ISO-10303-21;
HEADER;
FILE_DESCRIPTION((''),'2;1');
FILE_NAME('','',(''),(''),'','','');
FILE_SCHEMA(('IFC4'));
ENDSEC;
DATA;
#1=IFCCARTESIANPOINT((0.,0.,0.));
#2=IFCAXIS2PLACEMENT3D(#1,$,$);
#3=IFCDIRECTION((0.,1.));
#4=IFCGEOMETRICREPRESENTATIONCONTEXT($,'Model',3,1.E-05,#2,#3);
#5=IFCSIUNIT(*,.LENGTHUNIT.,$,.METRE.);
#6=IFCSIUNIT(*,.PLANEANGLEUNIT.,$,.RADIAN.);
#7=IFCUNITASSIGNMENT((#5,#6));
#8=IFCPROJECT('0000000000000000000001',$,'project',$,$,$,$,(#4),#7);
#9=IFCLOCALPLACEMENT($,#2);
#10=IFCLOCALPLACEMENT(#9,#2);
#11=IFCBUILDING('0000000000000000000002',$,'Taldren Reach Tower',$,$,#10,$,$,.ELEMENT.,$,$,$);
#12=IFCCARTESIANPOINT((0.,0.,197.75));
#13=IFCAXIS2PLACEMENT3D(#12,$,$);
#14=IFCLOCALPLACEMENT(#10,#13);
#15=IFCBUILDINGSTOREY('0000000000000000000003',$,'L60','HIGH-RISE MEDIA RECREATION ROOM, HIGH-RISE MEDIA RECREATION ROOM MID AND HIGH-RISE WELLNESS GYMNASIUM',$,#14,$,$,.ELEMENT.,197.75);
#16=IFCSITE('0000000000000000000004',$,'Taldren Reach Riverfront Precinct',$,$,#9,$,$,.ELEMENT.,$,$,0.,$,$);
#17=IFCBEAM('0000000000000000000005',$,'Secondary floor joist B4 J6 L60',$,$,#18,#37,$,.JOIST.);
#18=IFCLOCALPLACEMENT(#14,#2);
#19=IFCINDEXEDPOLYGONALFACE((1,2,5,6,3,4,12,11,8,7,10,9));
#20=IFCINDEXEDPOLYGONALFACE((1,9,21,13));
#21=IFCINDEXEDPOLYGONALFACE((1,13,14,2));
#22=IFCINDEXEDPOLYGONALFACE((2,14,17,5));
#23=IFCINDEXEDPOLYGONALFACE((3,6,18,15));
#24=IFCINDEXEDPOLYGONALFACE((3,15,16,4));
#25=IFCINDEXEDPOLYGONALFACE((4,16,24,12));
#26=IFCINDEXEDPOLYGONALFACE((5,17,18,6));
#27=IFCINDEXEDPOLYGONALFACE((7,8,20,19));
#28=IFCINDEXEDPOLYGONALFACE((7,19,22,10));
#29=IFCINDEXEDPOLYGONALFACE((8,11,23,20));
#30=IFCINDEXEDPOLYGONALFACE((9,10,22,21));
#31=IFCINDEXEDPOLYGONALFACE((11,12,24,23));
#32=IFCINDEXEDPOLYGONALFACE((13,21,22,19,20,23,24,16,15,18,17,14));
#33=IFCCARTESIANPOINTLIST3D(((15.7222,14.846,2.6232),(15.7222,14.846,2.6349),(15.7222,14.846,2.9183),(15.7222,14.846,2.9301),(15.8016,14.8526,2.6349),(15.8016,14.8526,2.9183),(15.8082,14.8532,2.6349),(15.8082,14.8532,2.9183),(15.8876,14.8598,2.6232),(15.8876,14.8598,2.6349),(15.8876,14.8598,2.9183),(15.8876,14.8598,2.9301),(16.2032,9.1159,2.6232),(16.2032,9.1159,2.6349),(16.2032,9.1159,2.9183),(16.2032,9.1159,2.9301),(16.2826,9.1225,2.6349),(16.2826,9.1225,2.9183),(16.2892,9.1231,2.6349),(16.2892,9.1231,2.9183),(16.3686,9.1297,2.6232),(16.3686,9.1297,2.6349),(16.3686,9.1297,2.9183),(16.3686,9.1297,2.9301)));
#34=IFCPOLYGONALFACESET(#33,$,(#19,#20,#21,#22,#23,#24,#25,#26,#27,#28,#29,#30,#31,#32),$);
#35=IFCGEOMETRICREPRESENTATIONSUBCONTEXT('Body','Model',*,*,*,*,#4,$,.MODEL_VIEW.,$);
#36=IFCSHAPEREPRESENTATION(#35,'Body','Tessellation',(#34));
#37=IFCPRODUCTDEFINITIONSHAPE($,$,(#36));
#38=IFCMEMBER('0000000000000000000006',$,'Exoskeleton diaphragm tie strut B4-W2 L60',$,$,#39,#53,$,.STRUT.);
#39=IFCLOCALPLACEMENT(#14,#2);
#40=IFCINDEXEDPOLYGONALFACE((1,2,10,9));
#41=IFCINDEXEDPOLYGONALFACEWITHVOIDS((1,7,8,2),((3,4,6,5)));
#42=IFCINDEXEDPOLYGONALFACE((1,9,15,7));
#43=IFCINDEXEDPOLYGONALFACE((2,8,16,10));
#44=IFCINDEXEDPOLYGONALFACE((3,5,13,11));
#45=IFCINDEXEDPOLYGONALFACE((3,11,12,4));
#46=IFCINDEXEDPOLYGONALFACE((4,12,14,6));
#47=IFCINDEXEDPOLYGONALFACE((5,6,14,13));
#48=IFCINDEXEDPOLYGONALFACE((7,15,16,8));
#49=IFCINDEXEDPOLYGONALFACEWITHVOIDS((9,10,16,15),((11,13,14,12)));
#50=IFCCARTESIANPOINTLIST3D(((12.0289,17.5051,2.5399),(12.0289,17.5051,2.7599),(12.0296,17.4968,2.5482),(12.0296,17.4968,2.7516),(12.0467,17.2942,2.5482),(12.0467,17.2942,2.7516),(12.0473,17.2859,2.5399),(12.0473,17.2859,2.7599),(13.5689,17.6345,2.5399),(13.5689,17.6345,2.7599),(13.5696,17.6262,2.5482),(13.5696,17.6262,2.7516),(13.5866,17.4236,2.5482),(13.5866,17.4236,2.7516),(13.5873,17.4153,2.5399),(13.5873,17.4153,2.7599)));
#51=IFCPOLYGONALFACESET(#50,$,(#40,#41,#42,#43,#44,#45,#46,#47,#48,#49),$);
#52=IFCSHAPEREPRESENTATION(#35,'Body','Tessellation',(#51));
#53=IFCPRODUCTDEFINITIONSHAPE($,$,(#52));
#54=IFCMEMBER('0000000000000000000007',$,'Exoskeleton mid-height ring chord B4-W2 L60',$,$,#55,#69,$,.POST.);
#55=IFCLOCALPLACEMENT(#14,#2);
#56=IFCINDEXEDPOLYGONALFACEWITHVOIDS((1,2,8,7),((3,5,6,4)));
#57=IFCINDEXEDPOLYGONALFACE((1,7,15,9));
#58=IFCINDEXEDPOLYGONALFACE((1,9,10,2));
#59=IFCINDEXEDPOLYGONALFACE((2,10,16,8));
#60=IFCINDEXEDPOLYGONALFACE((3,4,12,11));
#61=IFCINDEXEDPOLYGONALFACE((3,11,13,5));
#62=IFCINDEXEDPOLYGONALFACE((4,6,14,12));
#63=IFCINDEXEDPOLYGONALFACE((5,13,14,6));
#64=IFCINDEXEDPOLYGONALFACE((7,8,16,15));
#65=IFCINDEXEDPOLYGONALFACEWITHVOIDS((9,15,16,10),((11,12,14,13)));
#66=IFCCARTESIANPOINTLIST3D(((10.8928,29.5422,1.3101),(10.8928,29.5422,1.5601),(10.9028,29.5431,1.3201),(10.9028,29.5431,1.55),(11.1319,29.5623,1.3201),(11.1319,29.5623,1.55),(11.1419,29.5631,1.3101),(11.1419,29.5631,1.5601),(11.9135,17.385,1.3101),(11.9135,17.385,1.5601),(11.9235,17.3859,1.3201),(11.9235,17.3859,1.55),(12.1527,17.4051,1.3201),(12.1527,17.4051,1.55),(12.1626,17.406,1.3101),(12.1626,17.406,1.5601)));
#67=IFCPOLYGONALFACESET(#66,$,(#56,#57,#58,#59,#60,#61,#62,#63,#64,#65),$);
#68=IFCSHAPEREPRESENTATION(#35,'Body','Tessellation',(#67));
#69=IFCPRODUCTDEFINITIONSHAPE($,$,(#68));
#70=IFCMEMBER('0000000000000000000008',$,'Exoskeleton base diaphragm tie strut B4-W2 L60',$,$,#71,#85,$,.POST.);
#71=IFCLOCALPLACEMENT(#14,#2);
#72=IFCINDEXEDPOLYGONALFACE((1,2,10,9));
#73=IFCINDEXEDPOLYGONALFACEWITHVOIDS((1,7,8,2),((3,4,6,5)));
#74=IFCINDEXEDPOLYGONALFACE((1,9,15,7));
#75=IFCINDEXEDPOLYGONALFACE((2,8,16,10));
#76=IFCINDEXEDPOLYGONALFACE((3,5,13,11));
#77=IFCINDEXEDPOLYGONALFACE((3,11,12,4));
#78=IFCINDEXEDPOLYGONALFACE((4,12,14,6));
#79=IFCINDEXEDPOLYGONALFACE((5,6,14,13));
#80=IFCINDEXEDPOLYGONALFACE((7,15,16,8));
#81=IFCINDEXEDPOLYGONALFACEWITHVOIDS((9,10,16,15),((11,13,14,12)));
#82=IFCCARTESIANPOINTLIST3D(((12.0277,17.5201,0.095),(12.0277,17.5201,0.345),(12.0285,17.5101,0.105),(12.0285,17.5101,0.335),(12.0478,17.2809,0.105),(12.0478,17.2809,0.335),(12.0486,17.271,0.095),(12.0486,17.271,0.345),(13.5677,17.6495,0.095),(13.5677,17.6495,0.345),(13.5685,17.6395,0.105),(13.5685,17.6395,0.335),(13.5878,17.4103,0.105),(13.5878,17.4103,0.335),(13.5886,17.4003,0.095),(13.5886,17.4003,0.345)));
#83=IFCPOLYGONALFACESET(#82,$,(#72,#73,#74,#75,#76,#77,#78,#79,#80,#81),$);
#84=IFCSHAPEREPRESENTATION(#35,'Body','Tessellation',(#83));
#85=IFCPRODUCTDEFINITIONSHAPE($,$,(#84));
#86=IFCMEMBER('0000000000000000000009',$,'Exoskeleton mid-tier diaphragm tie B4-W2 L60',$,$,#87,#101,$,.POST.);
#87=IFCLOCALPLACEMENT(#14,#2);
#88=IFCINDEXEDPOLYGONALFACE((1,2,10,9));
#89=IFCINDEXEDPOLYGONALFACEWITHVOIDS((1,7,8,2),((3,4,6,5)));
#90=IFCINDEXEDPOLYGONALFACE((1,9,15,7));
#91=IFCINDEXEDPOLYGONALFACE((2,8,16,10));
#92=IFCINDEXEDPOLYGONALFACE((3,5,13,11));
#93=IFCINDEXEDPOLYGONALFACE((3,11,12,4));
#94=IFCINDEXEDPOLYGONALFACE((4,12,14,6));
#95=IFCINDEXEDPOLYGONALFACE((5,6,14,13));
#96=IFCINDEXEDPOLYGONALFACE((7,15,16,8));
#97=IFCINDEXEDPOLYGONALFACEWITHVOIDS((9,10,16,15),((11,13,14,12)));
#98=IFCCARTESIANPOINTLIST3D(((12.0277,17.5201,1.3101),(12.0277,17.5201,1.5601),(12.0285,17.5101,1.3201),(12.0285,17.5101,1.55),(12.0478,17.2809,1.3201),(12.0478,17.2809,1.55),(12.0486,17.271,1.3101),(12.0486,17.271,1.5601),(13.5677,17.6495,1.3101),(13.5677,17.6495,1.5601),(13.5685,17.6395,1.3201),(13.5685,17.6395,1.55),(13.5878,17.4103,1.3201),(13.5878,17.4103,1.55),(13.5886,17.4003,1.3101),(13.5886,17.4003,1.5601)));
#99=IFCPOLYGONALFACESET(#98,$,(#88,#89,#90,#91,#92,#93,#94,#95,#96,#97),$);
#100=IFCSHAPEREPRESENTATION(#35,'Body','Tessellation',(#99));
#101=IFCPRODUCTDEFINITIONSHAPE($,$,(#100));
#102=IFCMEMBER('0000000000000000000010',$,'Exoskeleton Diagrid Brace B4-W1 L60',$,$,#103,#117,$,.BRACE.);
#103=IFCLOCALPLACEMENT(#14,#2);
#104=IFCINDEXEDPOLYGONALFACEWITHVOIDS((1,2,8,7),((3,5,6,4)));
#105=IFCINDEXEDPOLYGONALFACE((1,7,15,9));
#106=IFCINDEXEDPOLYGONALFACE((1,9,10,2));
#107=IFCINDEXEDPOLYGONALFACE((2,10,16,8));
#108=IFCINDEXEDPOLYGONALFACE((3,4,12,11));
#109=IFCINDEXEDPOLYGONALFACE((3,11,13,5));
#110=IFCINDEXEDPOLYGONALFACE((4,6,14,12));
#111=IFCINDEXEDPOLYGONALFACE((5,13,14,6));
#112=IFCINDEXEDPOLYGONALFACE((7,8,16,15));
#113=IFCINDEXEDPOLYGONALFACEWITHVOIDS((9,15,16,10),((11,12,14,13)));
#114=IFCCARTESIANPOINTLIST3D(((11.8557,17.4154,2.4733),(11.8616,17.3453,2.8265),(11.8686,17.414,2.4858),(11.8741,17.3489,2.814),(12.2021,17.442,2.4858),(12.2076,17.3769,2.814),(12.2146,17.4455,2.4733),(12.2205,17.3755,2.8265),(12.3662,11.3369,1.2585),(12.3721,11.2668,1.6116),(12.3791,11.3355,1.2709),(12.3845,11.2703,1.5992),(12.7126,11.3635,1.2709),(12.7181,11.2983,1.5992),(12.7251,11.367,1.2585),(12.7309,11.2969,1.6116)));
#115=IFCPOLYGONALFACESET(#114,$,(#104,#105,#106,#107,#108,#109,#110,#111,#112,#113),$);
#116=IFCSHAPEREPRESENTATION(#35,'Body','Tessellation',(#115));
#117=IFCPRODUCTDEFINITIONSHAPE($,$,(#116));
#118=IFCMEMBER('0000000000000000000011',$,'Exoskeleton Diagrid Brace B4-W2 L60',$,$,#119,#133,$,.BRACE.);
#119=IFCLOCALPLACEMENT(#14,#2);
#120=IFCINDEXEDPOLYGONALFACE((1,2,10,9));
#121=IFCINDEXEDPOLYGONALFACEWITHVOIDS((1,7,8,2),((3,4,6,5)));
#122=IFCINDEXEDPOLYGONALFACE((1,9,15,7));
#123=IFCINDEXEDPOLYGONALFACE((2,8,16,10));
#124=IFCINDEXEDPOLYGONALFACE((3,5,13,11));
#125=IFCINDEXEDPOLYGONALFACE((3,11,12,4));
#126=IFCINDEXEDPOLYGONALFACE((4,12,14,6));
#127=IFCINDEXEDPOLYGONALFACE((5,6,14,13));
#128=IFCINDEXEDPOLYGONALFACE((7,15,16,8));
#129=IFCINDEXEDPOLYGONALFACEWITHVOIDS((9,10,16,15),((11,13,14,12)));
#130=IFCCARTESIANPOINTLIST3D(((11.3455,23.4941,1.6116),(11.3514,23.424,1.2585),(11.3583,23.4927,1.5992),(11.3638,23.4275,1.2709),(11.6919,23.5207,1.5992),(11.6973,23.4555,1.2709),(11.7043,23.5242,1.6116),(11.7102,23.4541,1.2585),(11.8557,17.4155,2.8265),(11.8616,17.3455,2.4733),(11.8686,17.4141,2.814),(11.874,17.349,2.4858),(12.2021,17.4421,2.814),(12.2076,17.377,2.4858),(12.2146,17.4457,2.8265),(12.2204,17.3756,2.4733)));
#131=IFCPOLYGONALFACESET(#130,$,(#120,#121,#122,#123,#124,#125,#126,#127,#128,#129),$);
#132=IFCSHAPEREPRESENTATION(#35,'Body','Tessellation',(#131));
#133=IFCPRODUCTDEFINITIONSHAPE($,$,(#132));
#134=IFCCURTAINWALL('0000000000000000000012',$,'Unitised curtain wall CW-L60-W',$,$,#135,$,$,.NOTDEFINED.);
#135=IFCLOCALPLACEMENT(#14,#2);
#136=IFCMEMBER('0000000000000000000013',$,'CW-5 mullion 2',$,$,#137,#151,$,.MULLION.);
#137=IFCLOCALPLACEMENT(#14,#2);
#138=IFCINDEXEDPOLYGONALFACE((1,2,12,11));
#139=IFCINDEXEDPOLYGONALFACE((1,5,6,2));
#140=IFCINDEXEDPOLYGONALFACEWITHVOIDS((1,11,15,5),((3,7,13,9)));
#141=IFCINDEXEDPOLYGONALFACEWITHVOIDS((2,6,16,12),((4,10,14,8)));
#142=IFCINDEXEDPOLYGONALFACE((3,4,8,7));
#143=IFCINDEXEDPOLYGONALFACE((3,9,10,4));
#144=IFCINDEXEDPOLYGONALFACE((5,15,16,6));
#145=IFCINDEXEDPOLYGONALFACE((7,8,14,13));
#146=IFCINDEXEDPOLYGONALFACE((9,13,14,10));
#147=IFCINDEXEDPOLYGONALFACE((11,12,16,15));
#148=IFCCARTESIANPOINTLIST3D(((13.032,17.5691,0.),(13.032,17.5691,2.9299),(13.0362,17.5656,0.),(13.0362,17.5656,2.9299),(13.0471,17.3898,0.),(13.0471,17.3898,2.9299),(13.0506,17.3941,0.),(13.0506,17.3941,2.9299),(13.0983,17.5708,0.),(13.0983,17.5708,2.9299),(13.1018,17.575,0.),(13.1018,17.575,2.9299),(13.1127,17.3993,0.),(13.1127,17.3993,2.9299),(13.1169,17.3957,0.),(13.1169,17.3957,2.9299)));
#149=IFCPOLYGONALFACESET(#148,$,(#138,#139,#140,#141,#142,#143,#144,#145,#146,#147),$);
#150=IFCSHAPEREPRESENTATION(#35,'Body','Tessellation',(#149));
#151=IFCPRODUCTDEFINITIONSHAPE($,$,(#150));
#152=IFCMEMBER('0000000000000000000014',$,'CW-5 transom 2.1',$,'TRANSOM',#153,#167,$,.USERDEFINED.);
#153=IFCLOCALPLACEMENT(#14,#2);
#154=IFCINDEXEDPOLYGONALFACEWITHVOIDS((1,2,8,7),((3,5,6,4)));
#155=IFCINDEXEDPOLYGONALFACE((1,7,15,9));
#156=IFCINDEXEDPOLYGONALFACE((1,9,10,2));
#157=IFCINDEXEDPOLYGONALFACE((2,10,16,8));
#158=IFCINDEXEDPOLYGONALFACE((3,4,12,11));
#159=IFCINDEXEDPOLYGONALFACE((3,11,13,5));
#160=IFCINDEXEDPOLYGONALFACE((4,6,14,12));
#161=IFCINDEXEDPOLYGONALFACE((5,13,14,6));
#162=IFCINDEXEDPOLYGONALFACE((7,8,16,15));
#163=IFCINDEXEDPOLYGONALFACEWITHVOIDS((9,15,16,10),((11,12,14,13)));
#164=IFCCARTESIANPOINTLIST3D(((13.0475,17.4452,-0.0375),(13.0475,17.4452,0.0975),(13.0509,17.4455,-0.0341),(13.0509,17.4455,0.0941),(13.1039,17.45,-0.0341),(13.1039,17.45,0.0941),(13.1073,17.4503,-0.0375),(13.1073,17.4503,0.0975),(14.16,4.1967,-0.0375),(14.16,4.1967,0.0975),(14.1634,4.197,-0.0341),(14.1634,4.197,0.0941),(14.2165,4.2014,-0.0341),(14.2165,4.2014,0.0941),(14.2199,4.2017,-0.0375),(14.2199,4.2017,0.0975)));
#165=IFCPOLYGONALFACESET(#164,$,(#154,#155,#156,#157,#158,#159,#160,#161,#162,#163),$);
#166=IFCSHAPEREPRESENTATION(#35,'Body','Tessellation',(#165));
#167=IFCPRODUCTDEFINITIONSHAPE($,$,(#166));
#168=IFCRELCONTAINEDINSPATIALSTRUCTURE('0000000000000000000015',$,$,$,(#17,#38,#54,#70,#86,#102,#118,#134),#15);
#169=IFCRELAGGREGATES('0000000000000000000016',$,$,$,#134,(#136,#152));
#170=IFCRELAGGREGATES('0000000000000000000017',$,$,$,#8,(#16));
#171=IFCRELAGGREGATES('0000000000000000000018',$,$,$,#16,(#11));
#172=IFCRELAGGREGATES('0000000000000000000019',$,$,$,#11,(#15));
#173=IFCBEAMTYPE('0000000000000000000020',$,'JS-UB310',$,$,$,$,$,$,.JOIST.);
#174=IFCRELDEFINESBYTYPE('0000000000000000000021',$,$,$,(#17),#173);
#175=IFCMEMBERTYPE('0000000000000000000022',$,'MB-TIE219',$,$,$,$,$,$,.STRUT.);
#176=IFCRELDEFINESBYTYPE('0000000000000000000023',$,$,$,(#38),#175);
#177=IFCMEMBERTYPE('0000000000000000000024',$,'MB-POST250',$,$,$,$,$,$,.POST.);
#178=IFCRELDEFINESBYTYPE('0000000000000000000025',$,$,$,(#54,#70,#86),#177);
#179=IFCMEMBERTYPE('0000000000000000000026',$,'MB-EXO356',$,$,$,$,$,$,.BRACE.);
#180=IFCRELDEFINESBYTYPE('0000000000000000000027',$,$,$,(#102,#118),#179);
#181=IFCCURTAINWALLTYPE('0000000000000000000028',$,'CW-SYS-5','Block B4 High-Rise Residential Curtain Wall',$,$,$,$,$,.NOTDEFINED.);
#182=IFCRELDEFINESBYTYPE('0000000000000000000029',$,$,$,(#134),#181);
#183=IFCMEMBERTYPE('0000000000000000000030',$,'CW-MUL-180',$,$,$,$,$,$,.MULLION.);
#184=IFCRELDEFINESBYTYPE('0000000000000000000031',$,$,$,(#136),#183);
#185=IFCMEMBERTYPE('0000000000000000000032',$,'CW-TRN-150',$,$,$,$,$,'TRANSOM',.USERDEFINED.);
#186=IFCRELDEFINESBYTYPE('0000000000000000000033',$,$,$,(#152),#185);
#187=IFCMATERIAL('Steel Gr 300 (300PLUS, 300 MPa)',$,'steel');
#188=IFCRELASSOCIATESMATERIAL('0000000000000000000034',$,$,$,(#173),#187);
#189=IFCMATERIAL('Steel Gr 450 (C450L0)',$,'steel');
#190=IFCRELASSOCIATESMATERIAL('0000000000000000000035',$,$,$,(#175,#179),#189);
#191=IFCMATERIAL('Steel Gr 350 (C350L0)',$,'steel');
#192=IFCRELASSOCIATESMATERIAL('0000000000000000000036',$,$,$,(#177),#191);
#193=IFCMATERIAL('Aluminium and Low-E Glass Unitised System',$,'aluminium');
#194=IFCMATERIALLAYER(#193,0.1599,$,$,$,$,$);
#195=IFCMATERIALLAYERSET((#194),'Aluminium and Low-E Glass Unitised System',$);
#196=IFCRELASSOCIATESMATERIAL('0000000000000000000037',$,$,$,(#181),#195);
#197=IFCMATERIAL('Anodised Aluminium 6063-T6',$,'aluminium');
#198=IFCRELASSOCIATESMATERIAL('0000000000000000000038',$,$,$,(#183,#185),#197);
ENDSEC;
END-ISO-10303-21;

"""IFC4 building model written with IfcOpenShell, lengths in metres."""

from ifc_helpers import new_model, si_unit, direction, frame, origin, origin_2d, place, context, subcontext, project, spatial, hollow_rectangle, i_section, extrude, source, transform, mapped, material, layer, layer_set, material_profile, profile_set, type_object, element, aggregate, save


model = new_model("IFC4")

# Units and contexts
model_context = context("Model", 3, precision=1e-05, world=origin(), true_north=direction((0.0, 1.0)))
body_context = subcontext(model_context, "Body", "Model", "MODEL_VIEW")
ifc_project = project(units=[si_unit("LENGTHUNIT", "METRE"), si_unit("PLANEANGLEUNIT", "RADIAN")], contexts=[model_context])

# Site, building, storey
site_placement = place(None, origin())
site = spatial("IfcSite", under=ifc_project, at=site_placement, Name="Taldren Reach Riverfront Precinct", CompositionType="ELEMENT", RefElevation=0.0)
building_placement = place(site_placement, origin())
building = spatial("IfcBuilding", under=site, at=building_placement, Name="Taldren Reach Tower", CompositionType="ELEMENT")
storey_placement = place(building_placement, frame((0.0, 0.0, 197.75)))
storey = spatial("IfcBuildingStorey", under=building, at=storey_placement, Name="L60", Description="HIGH-RISE MEDIA RECREATION ROOM, HIGH-RISE MEDIA RECREATION ROOM MID AND HIGH-RISE WELLNESS GYMNASIUM", CompositionType="ELEMENT", Elevation=197.75)

# Shared definitions
ifc_material_1 = material(Name="Steel Gr 450 (C450L0)", Category="steel")

# Beam
ifc_material_2 = material(Name="Steel Gr 300 (300PLUS, 300 MPa)", Category="steel")
ifc_material_profile_1 = material_profile(ifc_material_2, i_section(OverallWidth=0.166, OverallDepth=0.3069, WebThickness=0.0066, FlangeThickness=0.0117, at=origin_2d()), Name="310UB46.2")
ifc_profile_set_1 = profile_set([ifc_material_profile_1], Name="Steel Gr 300 (300PLUS, 300 MPa)")
beam_type_1 = type_object("IfcBeamType", Name="JS-UB310", PredefinedType="JOIST", material=ifc_profile_set_1)
shared_shape_1 = source(origin(), body_context, "Body", "SweptSolid", [
    extrude(i_section(OverallWidth=0.166, OverallDepth=0.3069, WebThickness=0.0066, FlangeThickness=0.0117, at=origin_2d()), origin(), (0.0, 0.0, 1.0), 5.7502),
])
beam_1_placement = place(storey_placement, frame((16.2859, 9.1228, 2.7766), z_axis=(-0.083643, 0.996496, 0.0), x_axis=(-0.996496, -0.083643, 0.0)))
element("IfcBeam", 1, at=beam_1_placement, inside=storey, type_object=beam_type_1, Name="Secondary floor joist B4 J6 L60", PredefinedType="JOIST", context=body_context, shape_type="MappedRepresentation", body=[
    mapped(shared_shape_1, transform((0.0, 0.0, 0.0), scale=1.0)),
])

# Members
ifc_material_profile_2 = material_profile(ifc_material_1, hollow_rectangle(XDim=0.22, YDim=0.22, WallThickness=0.0083, at=origin_2d()), Name="220x220x8.2SHS")
ifc_profile_set_2 = profile_set([ifc_material_profile_2], Name="Steel Gr 450 (C450L0)")
member_type_1 = type_object("IfcMemberType", Name="MB-TIE219", PredefinedType="STRUT", material=ifc_profile_set_2)
shared_shape_2 = source(origin(), body_context, "Body", "SweptSolid", [
    extrude(hollow_rectangle(XDim=0.22, YDim=0.22, WallThickness=0.0083, at=origin_2d()), origin(), (0.0, 0.0, 1.0), 1.5454),
])
member_1_placement = place(storey_placement, frame((13.5781, 17.5249, 2.6499), z_axis=(-0.996489, -0.083725, 0.0), x_axis=(0.083725, -0.996489, 0.0)))
element("IfcMember", 2, at=member_1_placement, inside=storey, type_object=member_type_1, Name="Exoskeleton diaphragm tie strut B4-W2 L60", PredefinedType="STRUT", context=body_context, shape_type="MappedRepresentation", body=[
    mapped(shared_shape_2, transform((0.0, 0.0, 0.0), scale=1.0)),
])
ifc_material_3 = material(Name="Steel Gr 350 (C350L0)", Category="steel")
ifc_material_profile_3 = material_profile(ifc_material_3, hollow_rectangle(XDim=0.25, YDim=0.25, WallThickness=0.01, at=origin_2d()), Name="250x250x10.0SHS")
ifc_profile_set_3 = profile_set([ifc_material_profile_3], Name="Steel Gr 350 (C350L0)")
member_type_2 = type_object("IfcMemberType", Name="MB-POST250", PredefinedType="POST", material=ifc_profile_set_3)
shared_shape_3 = source(origin(), body_context, "Body", "SweptSolid", [
    extrude(hollow_rectangle(XDim=0.25, YDim=0.25, WallThickness=0.01, at=origin_2d()), origin(), (0.0, 0.0, 1.0), 12.2),
])
member_2_placement = place(storey_placement, frame((12.0381, 17.3955, 1.4351), z_axis=(-0.083668, 0.996494, 0.0), x_axis=(-0.996494, -0.083668, 0.0)))
element("IfcMember", 3, at=member_2_placement, inside=storey, type_object=member_type_2, Name="Exoskeleton mid-height ring chord B4-W2 L60", PredefinedType="POST", context=body_context, shape_type="MappedRepresentation", body=[
    mapped(shared_shape_3, transform((0.0, 0.0, 0.0), scale=1.0)),
])
shared_shape_4 = source(origin(), body_context, "Body", "SweptSolid", [
    extrude(hollow_rectangle(XDim=0.25, YDim=0.25, WallThickness=0.01, at=origin_2d()), origin(), (0.0, 0.0, 1.0), 1.5454),
])
for number, where, z_axis, x_axis, name in (
    (4, (13.5781, 17.5249, 0.22), (-0.996489, -0.083725, 0.0), (0.083725, -0.996489, 0.0), "Exoskeleton base diaphragm tie strut B4-W2 L60"),
    (5, (13.5781, 17.5249, 1.4351), (-0.996489, -0.083725, 0.0), (0.083725, -0.996489, 0.0), "Exoskeleton mid-tier diaphragm tie B4-W2 L60"),
):
    element("IfcMember", number, at=place(storey_placement, frame(where, z_axis=z_axis, x_axis=x_axis)), inside=storey, type_object=member_type_2, Name=name, PredefinedType="POST", context=body_context, shape_type="MappedRepresentation", body=[
        mapped(shared_shape_4, transform((0.0, 0.0, 0.0), scale=1.0)),
    ])
ifc_material_profile_4 = material_profile(ifc_material_1, hollow_rectangle(XDim=0.3601, YDim=0.3601, WallThickness=0.0127, at=origin_2d()), Name="360x360x12.7SHS")
ifc_profile_set_4 = profile_set([ifc_material_profile_4], Name="Steel Gr 450 (C450L0)")
member_type_3 = type_object("IfcMemberType", Name="MB-EXO356", PredefinedType="BRACE", material=ifc_profile_set_4)
shared_shape_5 = source(origin(), body_context, "Body", "SweptSolid", [
    extrude(hollow_rectangle(XDim=0.3601, YDim=0.3601, WallThickness=0.0127, at=origin_2d()), origin(), (0.0, 0.0, 1.0), 6.2197),
])
for number, where, z_axis, x_axis, name in (
    (6, (12.5486, 11.3169, 1.4351), (-0.082076, 0.977299, 0.195319), (-0.996492, -0.083688, 0.0), "Exoskeleton Diagrid Brace B4-W1 L60"),
    (7, (11.5278, 23.4741, 1.4351), (0.082037, -0.977303, 0.195319), (0.996495, 0.083648, 0.0), "Exoskeleton Diagrid Brace B4-W2 L60"),
):
    element("IfcMember", number, at=place(storey_placement, frame(where, z_axis=z_axis, x_axis=x_axis)), inside=storey, type_object=member_type_3, Name=name, PredefinedType="BRACE", context=body_context, shape_type="MappedRepresentation", body=[
        mapped(shared_shape_5, transform((0.0, 0.0, 0.0), scale=1.0)),
    ])

# Curtain wall, members
ifc_material_4 = material(Name="Aluminium and Low-E Glass Unitised System", Category="aluminium")
ifc_layer_1 = layer(ifc_material_4, 0.1599)
ifc_layer_set_1 = layer_set([ifc_layer_1], Name="Aluminium and Low-E Glass Unitised System")
curtain_wall_type = type_object("IfcCurtainWallType", Name="CW-SYS-5", Description="Block B4 High-Rise Residential Curtain Wall", PredefinedType="NOTDEFINED", material=ifc_layer_set_1)
curtain_wall_placement = place(storey_placement, origin())
curtain_wall = element("IfcCurtainWall", 8, at=curtain_wall_placement, inside=storey, type_object=curtain_wall_type, Name="Unitised curtain wall CW-L60-W", PredefinedType="NOTDEFINED")
ifc_material_5 = material(Name="Anodised Aluminium 6063-T6", Category="aluminium")
ifc_material_profile_5 = material_profile(ifc_material_5, hollow_rectangle(XDim=0.0701, YDim=0.1799, WallThickness=0.0039, at=origin_2d()), Name="ALU-180x70x4RHS")
ifc_profile_set_5 = profile_set([ifc_material_profile_5], Name="Anodised Aluminium 6063-T6")
member_type_4 = type_object("IfcMemberType", Name="CW-MUL-180", PredefinedType="MULLION", material=ifc_profile_set_5)
shared_shape_6 = source(origin(), body_context, "Body", "SweptSolid", [
    extrude(hollow_rectangle(XDim=0.0701, YDim=0.1799, WallThickness=0.0039, at=origin_2d()), origin(), (0.0, 0.0, 1.0), 2.9299),
])
member_3_placement = place(storey_placement, frame((13.0745, 17.4824, 0.0), z_axis=(0.0, 0.0, 1.0), x_axis=(0.996493, 0.083678, 0.0)))
member_3 = element("IfcMember", 9, at=member_3_placement, type_object=member_type_4, Name="CW-5 mullion 2", PredefinedType="MULLION", context=body_context, shape_type="MappedRepresentation", body=[
    mapped(shared_shape_6, transform((0.0, 0.0, 0.0), scale=1.0)),
])
ifc_material_profile_6 = material_profile(ifc_material_5, hollow_rectangle(XDim=0.0601, YDim=0.135, WallThickness=0.0034, at=origin_2d()), Name="ALU-135x60x3.5RHS")
ifc_profile_set_6 = profile_set([ifc_material_profile_6], Name="Anodised Aluminium 6063-T6")
member_type_5 = type_object("IfcMemberType", Name="CW-TRN-150", ElementType="TRANSOM", PredefinedType="USERDEFINED", material=ifc_profile_set_6)
shared_shape_7 = source(origin(), body_context, "Body", "SweptSolid", [
    extrude(hollow_rectangle(XDim=0.0601, YDim=0.135, WallThickness=0.0034, at=origin_2d()), origin(), (0.0, 0.0, 1.0), 13.2952),
])
member_4_placement = place(storey_placement, frame((13.0774, 17.4478, 0.03), z_axis=(0.083681, -0.996493, 0.0), x_axis=(0.996493, 0.083681, 0.0)))
member_4 = element("IfcMember", 10, at=member_4_placement, type_object=member_type_5, Name="CW-5 transom 2.1", ObjectType="TRANSOM", PredefinedType="USERDEFINED", context=body_context, shape_type="MappedRepresentation", body=[
    mapped(shared_shape_7, transform((0.0, 0.0, 0.0), scale=1.0)),
])

aggregate(curtain_wall, [member_3, member_4])

save(model, "model.ifc")
